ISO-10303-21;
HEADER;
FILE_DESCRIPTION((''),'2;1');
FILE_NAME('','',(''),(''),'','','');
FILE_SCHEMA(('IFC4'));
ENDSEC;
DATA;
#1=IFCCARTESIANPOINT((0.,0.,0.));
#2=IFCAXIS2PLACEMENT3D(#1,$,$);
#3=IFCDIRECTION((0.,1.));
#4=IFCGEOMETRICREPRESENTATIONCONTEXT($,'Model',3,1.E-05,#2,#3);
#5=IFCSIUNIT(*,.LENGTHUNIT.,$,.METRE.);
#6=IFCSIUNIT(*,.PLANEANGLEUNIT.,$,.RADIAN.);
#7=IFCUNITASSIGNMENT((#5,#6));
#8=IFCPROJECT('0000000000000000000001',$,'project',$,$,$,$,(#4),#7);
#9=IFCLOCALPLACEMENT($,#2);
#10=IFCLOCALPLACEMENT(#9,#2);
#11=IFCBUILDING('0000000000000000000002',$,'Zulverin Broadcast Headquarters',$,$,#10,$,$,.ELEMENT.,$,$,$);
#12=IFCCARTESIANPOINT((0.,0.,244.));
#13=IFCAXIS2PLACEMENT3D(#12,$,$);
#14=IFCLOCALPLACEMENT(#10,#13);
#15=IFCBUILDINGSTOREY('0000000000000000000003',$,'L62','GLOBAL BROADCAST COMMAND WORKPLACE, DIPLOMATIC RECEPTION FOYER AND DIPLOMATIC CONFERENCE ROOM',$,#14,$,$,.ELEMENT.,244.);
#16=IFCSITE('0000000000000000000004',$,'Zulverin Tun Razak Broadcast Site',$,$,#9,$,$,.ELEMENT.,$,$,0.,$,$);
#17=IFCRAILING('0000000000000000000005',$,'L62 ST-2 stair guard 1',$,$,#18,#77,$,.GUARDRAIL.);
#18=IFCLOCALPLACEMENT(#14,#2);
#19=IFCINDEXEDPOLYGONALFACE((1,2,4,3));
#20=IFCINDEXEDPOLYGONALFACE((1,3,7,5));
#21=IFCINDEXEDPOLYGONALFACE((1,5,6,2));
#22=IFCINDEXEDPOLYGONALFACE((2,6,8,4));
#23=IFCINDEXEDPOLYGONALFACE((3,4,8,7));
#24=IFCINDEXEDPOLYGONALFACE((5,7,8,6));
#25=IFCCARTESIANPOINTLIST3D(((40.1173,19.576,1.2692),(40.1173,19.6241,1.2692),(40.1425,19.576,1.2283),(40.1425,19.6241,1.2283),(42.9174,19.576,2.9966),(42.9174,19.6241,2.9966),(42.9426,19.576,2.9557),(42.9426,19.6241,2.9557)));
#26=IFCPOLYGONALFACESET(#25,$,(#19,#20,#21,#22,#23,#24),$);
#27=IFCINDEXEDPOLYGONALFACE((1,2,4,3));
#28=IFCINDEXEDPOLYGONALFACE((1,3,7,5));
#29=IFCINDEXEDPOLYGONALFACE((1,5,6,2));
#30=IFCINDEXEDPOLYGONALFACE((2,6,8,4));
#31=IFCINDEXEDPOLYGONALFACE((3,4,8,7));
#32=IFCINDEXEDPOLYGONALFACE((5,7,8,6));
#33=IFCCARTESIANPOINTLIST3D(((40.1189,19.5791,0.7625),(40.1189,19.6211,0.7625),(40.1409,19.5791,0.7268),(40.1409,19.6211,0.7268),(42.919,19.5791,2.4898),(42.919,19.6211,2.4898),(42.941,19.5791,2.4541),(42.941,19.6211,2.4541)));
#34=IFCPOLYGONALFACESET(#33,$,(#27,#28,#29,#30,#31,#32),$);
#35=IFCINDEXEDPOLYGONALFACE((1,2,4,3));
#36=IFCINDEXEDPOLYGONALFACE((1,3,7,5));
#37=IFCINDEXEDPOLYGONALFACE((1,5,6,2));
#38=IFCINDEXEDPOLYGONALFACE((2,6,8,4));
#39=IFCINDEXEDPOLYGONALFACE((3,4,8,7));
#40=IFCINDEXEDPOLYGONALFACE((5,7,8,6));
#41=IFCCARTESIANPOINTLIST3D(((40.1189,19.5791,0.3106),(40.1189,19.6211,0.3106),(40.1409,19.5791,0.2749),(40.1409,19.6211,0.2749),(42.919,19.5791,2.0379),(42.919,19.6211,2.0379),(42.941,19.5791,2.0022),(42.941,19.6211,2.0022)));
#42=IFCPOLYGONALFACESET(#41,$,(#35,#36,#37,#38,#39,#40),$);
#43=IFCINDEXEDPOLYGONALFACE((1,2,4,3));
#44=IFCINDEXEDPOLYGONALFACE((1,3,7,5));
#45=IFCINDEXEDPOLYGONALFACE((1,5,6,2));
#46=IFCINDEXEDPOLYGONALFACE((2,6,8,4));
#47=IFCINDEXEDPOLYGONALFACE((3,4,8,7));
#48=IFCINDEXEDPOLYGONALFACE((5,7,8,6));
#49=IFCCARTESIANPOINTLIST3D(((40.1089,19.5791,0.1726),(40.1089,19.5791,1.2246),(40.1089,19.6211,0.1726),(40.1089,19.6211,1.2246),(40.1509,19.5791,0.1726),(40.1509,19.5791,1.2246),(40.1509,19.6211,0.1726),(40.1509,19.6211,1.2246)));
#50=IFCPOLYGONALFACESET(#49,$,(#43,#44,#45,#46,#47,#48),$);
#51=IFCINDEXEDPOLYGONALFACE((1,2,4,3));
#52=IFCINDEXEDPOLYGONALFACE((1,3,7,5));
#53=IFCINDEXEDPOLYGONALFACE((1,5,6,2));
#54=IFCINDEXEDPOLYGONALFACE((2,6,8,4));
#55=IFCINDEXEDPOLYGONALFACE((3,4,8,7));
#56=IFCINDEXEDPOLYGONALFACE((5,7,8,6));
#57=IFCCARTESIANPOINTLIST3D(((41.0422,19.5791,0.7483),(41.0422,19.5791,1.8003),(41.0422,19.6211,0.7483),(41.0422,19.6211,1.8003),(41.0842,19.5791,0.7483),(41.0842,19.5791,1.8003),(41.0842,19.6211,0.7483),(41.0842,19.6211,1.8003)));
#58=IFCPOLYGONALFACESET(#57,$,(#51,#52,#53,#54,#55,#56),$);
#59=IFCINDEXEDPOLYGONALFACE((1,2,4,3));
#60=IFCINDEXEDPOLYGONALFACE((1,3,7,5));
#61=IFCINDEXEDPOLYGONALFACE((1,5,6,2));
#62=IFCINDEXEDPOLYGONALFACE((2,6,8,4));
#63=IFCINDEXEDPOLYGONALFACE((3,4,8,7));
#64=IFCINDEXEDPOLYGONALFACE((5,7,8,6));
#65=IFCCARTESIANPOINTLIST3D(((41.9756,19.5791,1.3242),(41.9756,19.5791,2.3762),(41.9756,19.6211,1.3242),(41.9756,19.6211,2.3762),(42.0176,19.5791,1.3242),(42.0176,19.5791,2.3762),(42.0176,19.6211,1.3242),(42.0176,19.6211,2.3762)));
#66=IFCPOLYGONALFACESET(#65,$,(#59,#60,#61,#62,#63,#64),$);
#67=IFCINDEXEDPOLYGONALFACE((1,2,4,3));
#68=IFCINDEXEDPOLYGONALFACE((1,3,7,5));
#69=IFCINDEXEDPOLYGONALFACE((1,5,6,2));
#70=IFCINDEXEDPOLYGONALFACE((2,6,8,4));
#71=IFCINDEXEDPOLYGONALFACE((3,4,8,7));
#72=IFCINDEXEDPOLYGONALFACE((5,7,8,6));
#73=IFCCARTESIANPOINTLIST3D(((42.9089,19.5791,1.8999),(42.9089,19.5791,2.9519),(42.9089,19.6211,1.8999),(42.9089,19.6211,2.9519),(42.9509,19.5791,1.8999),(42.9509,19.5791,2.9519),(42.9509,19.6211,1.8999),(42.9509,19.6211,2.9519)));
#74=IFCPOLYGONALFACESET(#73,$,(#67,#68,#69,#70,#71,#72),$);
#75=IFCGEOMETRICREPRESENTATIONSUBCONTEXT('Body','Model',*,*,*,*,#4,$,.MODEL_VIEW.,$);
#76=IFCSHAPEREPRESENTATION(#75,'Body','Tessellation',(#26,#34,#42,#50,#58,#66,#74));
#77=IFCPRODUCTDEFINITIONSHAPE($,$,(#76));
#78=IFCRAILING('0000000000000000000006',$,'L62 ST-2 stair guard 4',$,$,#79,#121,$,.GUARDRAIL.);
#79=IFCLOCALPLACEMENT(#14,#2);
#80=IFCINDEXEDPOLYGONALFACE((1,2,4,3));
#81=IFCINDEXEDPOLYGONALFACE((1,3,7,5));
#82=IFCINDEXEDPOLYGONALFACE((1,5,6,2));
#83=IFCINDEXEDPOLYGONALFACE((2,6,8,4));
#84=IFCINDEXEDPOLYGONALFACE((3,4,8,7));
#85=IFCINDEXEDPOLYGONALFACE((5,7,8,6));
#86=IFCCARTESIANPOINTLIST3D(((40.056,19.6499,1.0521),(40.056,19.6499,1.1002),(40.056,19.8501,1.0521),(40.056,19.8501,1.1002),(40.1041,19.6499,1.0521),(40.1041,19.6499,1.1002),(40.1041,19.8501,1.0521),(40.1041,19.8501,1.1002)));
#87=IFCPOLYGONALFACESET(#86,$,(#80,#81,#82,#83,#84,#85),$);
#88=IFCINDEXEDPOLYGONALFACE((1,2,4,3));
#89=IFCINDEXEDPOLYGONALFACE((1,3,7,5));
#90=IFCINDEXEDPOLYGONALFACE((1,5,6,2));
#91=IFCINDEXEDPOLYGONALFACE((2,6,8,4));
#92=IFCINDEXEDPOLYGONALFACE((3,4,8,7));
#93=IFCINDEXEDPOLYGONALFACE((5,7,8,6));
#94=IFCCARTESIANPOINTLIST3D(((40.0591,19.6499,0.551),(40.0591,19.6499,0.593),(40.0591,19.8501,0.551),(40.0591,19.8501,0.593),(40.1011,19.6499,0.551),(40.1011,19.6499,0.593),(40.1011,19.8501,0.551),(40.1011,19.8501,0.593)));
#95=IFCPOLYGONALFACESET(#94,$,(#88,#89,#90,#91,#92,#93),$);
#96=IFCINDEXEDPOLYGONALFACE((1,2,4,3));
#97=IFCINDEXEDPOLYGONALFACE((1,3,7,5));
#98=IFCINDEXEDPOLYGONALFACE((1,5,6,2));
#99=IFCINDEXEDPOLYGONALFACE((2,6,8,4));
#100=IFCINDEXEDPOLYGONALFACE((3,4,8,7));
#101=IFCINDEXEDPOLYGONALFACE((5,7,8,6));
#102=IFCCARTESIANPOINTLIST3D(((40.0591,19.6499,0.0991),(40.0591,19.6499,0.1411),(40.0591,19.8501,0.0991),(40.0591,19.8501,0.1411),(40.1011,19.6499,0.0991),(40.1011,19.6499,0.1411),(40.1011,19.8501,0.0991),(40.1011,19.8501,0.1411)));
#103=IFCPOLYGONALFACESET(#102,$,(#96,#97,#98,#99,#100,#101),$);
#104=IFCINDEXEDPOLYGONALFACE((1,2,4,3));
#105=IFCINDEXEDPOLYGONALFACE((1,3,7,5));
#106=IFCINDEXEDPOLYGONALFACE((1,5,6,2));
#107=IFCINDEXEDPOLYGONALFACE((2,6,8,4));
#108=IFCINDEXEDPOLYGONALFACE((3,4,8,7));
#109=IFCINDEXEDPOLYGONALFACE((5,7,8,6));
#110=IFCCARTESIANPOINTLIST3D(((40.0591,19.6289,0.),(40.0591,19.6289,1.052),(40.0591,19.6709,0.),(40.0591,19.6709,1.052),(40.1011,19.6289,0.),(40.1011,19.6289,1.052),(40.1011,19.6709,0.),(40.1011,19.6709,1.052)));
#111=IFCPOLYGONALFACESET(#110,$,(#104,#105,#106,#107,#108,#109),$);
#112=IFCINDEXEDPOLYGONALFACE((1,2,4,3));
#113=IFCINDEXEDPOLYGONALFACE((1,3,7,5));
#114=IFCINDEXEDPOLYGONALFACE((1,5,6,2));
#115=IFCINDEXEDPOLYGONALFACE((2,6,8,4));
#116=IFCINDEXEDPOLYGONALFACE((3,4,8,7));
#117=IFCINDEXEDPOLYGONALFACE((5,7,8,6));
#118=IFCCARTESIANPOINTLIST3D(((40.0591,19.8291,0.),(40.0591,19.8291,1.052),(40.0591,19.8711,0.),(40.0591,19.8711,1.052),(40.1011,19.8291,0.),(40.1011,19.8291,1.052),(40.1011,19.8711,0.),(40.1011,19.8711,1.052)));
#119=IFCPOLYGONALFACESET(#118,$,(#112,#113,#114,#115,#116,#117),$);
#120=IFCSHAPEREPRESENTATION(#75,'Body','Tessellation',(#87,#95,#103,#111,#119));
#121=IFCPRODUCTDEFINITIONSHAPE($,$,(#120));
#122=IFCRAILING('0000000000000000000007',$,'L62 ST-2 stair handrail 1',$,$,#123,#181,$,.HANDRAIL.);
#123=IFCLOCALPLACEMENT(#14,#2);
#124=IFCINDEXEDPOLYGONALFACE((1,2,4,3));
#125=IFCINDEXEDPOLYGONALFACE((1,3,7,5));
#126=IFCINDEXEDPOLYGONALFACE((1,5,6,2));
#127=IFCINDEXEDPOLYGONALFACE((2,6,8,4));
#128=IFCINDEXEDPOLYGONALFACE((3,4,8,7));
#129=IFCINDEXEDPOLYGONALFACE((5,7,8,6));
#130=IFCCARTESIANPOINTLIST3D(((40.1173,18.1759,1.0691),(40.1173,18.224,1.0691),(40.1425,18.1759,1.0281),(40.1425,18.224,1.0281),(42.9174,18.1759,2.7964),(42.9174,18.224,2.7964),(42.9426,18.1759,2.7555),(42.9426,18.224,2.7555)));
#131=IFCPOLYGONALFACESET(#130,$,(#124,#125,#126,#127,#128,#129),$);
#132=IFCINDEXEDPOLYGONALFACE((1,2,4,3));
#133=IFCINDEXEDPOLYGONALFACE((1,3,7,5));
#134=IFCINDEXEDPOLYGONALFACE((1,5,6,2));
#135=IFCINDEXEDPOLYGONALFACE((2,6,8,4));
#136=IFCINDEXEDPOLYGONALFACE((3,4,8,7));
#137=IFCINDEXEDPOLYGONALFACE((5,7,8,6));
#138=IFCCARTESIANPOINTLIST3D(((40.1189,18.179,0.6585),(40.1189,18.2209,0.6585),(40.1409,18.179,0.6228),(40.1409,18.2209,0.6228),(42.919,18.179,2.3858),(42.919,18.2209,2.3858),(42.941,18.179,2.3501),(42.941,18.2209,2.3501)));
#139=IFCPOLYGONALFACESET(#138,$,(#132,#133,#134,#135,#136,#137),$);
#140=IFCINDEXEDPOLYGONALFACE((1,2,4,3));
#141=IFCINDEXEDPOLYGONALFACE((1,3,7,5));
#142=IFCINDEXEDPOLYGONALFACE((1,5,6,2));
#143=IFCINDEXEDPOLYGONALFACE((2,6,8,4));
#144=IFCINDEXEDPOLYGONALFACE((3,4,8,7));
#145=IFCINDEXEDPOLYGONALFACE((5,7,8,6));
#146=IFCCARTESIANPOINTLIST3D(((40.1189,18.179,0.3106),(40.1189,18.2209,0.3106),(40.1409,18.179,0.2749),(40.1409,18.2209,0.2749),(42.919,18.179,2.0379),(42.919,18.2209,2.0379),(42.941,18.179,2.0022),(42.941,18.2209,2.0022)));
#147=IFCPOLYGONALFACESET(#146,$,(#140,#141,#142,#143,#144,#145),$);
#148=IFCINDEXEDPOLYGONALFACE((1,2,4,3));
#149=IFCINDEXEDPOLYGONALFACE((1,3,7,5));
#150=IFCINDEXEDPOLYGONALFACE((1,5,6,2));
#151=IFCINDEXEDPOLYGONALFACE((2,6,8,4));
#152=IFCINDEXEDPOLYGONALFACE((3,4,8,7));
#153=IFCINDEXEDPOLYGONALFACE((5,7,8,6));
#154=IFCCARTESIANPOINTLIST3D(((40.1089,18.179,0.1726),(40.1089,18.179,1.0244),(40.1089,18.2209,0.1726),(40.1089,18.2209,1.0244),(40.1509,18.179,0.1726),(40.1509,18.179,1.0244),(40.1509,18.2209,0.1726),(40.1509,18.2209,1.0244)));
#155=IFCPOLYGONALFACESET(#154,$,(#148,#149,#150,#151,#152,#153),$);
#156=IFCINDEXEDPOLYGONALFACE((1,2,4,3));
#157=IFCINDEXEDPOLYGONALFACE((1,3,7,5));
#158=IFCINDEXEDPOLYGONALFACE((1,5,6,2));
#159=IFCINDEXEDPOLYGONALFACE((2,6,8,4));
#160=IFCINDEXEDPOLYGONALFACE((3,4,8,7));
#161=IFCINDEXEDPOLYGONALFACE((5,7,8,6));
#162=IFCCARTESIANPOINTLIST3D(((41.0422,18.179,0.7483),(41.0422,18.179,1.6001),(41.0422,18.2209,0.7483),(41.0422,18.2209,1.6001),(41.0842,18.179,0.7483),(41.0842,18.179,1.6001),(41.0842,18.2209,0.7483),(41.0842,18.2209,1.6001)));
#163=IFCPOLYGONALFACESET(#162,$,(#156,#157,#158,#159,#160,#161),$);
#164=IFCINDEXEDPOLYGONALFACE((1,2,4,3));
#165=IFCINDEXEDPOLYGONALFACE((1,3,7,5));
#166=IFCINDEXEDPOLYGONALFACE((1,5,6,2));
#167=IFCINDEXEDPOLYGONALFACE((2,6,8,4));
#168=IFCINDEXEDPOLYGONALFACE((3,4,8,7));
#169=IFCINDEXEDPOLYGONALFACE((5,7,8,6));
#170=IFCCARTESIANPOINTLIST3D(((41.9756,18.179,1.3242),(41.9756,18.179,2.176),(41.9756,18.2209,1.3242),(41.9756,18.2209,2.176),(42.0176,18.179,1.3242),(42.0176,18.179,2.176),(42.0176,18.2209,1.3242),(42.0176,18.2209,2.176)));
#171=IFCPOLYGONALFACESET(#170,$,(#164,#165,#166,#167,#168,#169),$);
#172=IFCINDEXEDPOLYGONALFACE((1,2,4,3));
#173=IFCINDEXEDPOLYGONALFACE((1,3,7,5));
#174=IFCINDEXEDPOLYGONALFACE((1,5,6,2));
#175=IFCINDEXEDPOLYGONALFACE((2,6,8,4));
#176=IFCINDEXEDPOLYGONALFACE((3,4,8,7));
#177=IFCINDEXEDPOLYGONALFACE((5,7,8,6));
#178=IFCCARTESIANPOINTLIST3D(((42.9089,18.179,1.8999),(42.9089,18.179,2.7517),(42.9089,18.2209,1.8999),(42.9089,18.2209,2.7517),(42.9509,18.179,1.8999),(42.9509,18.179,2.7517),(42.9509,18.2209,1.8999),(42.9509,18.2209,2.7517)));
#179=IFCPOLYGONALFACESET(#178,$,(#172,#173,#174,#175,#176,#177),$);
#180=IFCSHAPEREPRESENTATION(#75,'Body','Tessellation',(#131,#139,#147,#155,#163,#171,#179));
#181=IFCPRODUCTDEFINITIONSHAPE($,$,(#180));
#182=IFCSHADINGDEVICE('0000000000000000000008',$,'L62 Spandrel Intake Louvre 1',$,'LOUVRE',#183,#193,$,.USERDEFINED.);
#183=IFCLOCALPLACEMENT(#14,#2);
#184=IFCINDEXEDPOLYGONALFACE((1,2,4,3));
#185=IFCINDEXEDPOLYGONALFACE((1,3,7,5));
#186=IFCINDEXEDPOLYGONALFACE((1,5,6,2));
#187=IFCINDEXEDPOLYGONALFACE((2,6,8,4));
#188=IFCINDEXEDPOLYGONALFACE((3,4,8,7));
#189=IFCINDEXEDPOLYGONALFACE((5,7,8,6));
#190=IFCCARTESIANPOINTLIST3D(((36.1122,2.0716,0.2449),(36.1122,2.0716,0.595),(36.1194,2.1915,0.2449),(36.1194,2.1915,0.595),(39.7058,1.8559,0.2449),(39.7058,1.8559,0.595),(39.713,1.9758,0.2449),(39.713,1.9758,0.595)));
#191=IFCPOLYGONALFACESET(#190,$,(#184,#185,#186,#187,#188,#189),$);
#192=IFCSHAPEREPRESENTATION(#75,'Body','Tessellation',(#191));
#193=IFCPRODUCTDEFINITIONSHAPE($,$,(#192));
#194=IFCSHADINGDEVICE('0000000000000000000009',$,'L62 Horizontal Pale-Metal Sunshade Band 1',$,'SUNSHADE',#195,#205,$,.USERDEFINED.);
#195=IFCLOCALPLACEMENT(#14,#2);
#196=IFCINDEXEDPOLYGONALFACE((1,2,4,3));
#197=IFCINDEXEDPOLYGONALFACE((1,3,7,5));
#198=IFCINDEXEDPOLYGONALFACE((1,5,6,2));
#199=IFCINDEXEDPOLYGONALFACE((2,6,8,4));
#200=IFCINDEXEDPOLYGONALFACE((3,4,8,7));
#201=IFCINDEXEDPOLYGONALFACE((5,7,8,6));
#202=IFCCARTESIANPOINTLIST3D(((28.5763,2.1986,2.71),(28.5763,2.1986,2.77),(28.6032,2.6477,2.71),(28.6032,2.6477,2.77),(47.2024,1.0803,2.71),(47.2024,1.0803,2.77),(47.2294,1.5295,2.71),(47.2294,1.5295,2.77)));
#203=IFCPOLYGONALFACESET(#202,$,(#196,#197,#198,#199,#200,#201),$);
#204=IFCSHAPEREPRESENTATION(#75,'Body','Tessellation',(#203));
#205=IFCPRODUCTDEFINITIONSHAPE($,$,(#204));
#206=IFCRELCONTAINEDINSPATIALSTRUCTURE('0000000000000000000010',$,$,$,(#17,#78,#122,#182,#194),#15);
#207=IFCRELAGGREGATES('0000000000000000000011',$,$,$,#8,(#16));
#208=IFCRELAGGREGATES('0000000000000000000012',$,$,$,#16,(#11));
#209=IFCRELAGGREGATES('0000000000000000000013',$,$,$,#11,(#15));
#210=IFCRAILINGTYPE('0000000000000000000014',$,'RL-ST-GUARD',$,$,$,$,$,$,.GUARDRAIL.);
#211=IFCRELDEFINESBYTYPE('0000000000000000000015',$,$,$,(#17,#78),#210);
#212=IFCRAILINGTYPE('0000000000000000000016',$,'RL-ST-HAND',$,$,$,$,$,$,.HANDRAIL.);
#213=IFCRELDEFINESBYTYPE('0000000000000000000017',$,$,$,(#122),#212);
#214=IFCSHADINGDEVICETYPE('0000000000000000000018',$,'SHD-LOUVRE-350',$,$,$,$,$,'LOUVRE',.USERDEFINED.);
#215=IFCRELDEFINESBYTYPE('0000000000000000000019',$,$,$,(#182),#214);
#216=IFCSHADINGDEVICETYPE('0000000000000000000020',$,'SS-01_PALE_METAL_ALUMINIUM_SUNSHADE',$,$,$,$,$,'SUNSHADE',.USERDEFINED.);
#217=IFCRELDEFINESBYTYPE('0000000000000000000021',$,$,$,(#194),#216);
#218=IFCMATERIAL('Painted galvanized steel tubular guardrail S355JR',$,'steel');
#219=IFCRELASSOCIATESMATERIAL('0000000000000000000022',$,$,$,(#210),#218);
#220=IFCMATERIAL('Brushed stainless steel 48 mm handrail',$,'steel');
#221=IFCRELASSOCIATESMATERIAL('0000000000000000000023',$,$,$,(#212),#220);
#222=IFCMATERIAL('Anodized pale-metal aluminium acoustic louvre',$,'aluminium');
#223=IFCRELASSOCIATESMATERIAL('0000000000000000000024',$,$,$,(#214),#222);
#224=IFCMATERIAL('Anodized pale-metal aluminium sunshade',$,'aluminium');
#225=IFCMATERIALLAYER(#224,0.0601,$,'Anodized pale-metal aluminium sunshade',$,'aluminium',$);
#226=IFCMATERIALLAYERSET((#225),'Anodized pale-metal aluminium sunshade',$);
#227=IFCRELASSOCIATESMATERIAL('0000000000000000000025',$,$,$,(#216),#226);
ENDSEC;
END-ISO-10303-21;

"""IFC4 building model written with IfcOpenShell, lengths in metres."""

from ifc_helpers import new_model, si_unit, direction, frame, origin, origin_2d, place, context, subcontext, project, spatial, rectangle, extrude, material, layer, layer_set, type_object, element, save


model = new_model("IFC4")

# Units and contexts
model_context = context("Model", 3, precision=1e-05, world=origin(), true_north=direction((0.0, 1.0)))
body_context = subcontext(model_context, "Body", "Model", "MODEL_VIEW")
ifc_project = project(units=[si_unit("LENGTHUNIT", "METRE"), si_unit("PLANEANGLEUNIT", "RADIAN")], contexts=[model_context])

# Site, building, storey
site_placement = place(None, origin())
site = spatial("IfcSite", under=ifc_project, at=site_placement, Name="Zulverin Tun Razak Broadcast Site", CompositionType="ELEMENT", RefElevation=0.0)
building_placement = place(site_placement, origin())
building = spatial("IfcBuilding", under=site, at=building_placement, Name="Zulverin Broadcast Headquarters", CompositionType="ELEMENT")
storey_placement = place(building_placement, frame((0.0, 0.0, 244.0)))
storey = spatial("IfcBuildingStorey", under=building, at=storey_placement, Name="L62", Description="GLOBAL BROADCAST COMMAND WORKPLACE, DIPLOMATIC RECEPTION FOYER AND DIPLOMATIC CONFERENCE ROOM", CompositionType="ELEMENT", Elevation=244.0)

# Railings
ifc_material_1 = material(Name="Painted galvanized steel tubular guardrail S355JR", Category="steel")
railing_type_1 = type_object("IfcRailingType", Name="RL-ST-GUARD", PredefinedType="GUARDRAIL", material=ifc_material_1)
railing_1_placement = place(storey_placement, frame((40.1299, 19.6001, 0.1726)))
element("IfcRailing", 1, at=railing_1_placement, inside=storey, type_object=railing_type_1, Name="L62 ST-2 stair guard 1", PredefinedType="GUARDRAIL", context=body_context, shape_type="SweptSolid", body=[
    extrude(rectangle(XDim=0.0481, YDim=0.0481, at=origin_2d()), frame((0.0, 0.0, 1.0762), z_axis=(0.85109, 0.0, 0.52502), x_axis=(0.0, 1.0, 0.0)), (0.0, 0.0, 1.0), 3.29),
    extrude(rectangle(XDim=0.042, YDim=0.042, at=origin_2d()), frame((0.0, 0.0, 0.572), z_axis=(0.85109, 0.0, 0.52502), x_axis=(0.0, 1.0, 0.0)), (0.0, 0.0, 1.0), 3.29),
    extrude(rectangle(XDim=0.042, YDim=0.042, at=origin_2d()), frame((0.0, 0.0, 0.1201), z_axis=(0.85109, 0.0, 0.52502), x_axis=(0.0, 1.0, 0.0)), (0.0, 0.0, 1.0), 3.29),
    extrude(rectangle(XDim=0.042, YDim=0.042, at=origin_2d()), origin(), (0.0, 0.0, 1.0), 1.052),
    extrude(rectangle(XDim=0.042, YDim=0.042, at=origin_2d()), frame((0.9333, 0.0, 0.5757)), (0.0, 0.0, 1.0), 1.052),
    extrude(rectangle(XDim=0.042, YDim=0.042, at=origin_2d()), frame((1.8667, 0.0, 1.1516)), (0.0, 0.0, 1.0), 1.052),
    extrude(rectangle(XDim=0.042, YDim=0.042, at=origin_2d()), frame((2.8, 0.0, 1.7273)), (0.0, 0.0, 1.0), 1.052),
])
railing_2_placement = place(storey_placement, frame((40.0801, 19.6499, 0.0)))
element("IfcRailing", 2, at=railing_2_placement, inside=storey, type_object=railing_type_1, Name="L62 ST-2 stair guard 4", PredefinedType="GUARDRAIL", context=body_context, shape_type="SweptSolid", body=[
    extrude(rectangle(XDim=0.0481, YDim=0.0481, at=origin_2d()), frame((0.0, 0.0, 1.0762), z_axis=(0.0, 1.0, 0.0), x_axis=(-1.0, 0.0, 0.0)), (0.0, 0.0, 1.0), 0.2002),
    extrude(rectangle(XDim=0.042, YDim=0.042, at=origin_2d()), frame((0.0, 0.0, 0.572), z_axis=(0.0, 1.0, 0.0), x_axis=(-1.0, 0.0, 0.0)), (0.0, 0.0, 1.0), 0.2002),
    extrude(rectangle(XDim=0.042, YDim=0.042, at=origin_2d()), frame((0.0, 0.0, 0.1201), z_axis=(0.0, 1.0, 0.0), x_axis=(-1.0, 0.0, 0.0)), (0.0, 0.0, 1.0), 0.2002),
    extrude(rectangle(XDim=0.042, YDim=0.042, at=origin_2d()), origin(), (0.0, 0.0, 1.0), 1.052),
    extrude(rectangle(XDim=0.042, YDim=0.042, at=origin_2d()), frame((0.0, 0.2002, 0.0)), (0.0, 0.0, 1.0), 1.052),
])
ifc_material_2 = material(Name="Brushed stainless steel 48 mm handrail", Category="steel")
railing_type_2 = type_object("IfcRailingType", Name="RL-ST-HAND", PredefinedType="HANDRAIL", material=ifc_material_2)
railing_3_placement = place(storey_placement, frame((40.1299, 18.2, 0.1726)))
element("IfcRailing", 3, at=railing_3_placement, inside=storey, type_object=railing_type_2, Name="L62 ST-2 stair handrail 1", PredefinedType="HANDRAIL", context=body_context, shape_type="SweptSolid", body=[
    extrude(rectangle(XDim=0.0481, YDim=0.0481, at=origin_2d()), frame((0.0, 0.0, 0.876), z_axis=(0.85109, 0.0, 0.52502), x_axis=(0.0, 1.0, 0.0)), (0.0, 0.0, 1.0), 3.29),
    extrude(rectangle(XDim=0.042, YDim=0.042, at=origin_2d()), frame((0.0, 0.0, 0.468), z_axis=(0.85109, 0.0, 0.52502), x_axis=(0.0, 1.0, 0.0)), (0.0, 0.0, 1.0), 3.29),
    extrude(rectangle(XDim=0.042, YDim=0.042, at=origin_2d()), frame((0.0, 0.0, 0.1201), z_axis=(0.85109, 0.0, 0.52502), x_axis=(0.0, 1.0, 0.0)), (0.0, 0.0, 1.0), 3.29),
    extrude(rectangle(XDim=0.042, YDim=0.042, at=origin_2d()), origin(), (0.0, 0.0, 1.0), 0.8518),
    extrude(rectangle(XDim=0.042, YDim=0.042, at=origin_2d()), frame((0.9333, 0.0, 0.5757)), (0.0, 0.0, 1.0), 0.8518),
    extrude(rectangle(XDim=0.042, YDim=0.042, at=origin_2d()), frame((1.8667, 0.0, 1.1516)), (0.0, 0.0, 1.0), 0.8518),
    extrude(rectangle(XDim=0.042, YDim=0.042, at=origin_2d()), frame((2.8, 0.0, 1.7273)), (0.0, 0.0, 1.0), 0.8518),
])

# Shading devices
ifc_material_3 = material(Name="Anodized pale-metal aluminium acoustic louvre", Category="aluminium")
shading_device_type_1 = type_object("IfcShadingDeviceType", Name="SHD-LOUVRE-350", ElementType="LOUVRE", PredefinedType="USERDEFINED", material=ifc_material_3)
shading_device_1_placement = place(storey_placement, frame((37.9126, 2.0237, 0.2449), z_axis=(0.0, 0.0, 1.0), x_axis=(0.998203, -0.059928, 0.0)))
element("IfcShadingDevice", 4, at=shading_device_1_placement, inside=storey, type_object=shading_device_type_1, Name="L62 Spandrel Intake Louvre 1", ObjectType="LOUVRE", PredefinedType="USERDEFINED", context=body_context, shape_type="SweptSolid", body=[
    extrude(rectangle(XDim=3.6001, YDim=0.1201, at=origin_2d()), origin(), (0.0, 0.0, 1.0), 0.3501),
])
ifc_material_4 = material(Name="Anodized pale-metal aluminium sunshade", Category="aluminium")
ifc_layer_1 = layer(ifc_material_4, 0.0601, Name="Anodized pale-metal aluminium sunshade", Category="aluminium")
ifc_layer_set_1 = layer_set([ifc_layer_1], Name="Anodized pale-metal aluminium sunshade")
shading_device_type_2 = type_object("IfcShadingDeviceType", Name="SS-01_PALE_METAL_ALUMINIUM_SUNSHADE", ElementType="SUNSHADE", PredefinedType="USERDEFINED", material=ifc_layer_set_1)
shading_device_2_placement = place(storey_placement, frame((37.9028, 1.864, 2.71), z_axis=(0.0, 0.0, 1.0), x_axis=(0.998203, -0.059928, 0.0)))
element("IfcShadingDevice", 5, at=shading_device_2_placement, inside=storey, type_object=shading_device_type_2, Name="L62 Horizontal Pale-Metal Sunshade Band 1", ObjectType="SUNSHADE", PredefinedType="USERDEFINED", context=body_context, shape_type="SweptSolid", body=[
    extrude(rectangle(XDim=18.6597, YDim=0.45, at=origin_2d()), origin(), (0.0, 0.0, 1.0), 0.0601),
])

save(model, "model.ifc")
